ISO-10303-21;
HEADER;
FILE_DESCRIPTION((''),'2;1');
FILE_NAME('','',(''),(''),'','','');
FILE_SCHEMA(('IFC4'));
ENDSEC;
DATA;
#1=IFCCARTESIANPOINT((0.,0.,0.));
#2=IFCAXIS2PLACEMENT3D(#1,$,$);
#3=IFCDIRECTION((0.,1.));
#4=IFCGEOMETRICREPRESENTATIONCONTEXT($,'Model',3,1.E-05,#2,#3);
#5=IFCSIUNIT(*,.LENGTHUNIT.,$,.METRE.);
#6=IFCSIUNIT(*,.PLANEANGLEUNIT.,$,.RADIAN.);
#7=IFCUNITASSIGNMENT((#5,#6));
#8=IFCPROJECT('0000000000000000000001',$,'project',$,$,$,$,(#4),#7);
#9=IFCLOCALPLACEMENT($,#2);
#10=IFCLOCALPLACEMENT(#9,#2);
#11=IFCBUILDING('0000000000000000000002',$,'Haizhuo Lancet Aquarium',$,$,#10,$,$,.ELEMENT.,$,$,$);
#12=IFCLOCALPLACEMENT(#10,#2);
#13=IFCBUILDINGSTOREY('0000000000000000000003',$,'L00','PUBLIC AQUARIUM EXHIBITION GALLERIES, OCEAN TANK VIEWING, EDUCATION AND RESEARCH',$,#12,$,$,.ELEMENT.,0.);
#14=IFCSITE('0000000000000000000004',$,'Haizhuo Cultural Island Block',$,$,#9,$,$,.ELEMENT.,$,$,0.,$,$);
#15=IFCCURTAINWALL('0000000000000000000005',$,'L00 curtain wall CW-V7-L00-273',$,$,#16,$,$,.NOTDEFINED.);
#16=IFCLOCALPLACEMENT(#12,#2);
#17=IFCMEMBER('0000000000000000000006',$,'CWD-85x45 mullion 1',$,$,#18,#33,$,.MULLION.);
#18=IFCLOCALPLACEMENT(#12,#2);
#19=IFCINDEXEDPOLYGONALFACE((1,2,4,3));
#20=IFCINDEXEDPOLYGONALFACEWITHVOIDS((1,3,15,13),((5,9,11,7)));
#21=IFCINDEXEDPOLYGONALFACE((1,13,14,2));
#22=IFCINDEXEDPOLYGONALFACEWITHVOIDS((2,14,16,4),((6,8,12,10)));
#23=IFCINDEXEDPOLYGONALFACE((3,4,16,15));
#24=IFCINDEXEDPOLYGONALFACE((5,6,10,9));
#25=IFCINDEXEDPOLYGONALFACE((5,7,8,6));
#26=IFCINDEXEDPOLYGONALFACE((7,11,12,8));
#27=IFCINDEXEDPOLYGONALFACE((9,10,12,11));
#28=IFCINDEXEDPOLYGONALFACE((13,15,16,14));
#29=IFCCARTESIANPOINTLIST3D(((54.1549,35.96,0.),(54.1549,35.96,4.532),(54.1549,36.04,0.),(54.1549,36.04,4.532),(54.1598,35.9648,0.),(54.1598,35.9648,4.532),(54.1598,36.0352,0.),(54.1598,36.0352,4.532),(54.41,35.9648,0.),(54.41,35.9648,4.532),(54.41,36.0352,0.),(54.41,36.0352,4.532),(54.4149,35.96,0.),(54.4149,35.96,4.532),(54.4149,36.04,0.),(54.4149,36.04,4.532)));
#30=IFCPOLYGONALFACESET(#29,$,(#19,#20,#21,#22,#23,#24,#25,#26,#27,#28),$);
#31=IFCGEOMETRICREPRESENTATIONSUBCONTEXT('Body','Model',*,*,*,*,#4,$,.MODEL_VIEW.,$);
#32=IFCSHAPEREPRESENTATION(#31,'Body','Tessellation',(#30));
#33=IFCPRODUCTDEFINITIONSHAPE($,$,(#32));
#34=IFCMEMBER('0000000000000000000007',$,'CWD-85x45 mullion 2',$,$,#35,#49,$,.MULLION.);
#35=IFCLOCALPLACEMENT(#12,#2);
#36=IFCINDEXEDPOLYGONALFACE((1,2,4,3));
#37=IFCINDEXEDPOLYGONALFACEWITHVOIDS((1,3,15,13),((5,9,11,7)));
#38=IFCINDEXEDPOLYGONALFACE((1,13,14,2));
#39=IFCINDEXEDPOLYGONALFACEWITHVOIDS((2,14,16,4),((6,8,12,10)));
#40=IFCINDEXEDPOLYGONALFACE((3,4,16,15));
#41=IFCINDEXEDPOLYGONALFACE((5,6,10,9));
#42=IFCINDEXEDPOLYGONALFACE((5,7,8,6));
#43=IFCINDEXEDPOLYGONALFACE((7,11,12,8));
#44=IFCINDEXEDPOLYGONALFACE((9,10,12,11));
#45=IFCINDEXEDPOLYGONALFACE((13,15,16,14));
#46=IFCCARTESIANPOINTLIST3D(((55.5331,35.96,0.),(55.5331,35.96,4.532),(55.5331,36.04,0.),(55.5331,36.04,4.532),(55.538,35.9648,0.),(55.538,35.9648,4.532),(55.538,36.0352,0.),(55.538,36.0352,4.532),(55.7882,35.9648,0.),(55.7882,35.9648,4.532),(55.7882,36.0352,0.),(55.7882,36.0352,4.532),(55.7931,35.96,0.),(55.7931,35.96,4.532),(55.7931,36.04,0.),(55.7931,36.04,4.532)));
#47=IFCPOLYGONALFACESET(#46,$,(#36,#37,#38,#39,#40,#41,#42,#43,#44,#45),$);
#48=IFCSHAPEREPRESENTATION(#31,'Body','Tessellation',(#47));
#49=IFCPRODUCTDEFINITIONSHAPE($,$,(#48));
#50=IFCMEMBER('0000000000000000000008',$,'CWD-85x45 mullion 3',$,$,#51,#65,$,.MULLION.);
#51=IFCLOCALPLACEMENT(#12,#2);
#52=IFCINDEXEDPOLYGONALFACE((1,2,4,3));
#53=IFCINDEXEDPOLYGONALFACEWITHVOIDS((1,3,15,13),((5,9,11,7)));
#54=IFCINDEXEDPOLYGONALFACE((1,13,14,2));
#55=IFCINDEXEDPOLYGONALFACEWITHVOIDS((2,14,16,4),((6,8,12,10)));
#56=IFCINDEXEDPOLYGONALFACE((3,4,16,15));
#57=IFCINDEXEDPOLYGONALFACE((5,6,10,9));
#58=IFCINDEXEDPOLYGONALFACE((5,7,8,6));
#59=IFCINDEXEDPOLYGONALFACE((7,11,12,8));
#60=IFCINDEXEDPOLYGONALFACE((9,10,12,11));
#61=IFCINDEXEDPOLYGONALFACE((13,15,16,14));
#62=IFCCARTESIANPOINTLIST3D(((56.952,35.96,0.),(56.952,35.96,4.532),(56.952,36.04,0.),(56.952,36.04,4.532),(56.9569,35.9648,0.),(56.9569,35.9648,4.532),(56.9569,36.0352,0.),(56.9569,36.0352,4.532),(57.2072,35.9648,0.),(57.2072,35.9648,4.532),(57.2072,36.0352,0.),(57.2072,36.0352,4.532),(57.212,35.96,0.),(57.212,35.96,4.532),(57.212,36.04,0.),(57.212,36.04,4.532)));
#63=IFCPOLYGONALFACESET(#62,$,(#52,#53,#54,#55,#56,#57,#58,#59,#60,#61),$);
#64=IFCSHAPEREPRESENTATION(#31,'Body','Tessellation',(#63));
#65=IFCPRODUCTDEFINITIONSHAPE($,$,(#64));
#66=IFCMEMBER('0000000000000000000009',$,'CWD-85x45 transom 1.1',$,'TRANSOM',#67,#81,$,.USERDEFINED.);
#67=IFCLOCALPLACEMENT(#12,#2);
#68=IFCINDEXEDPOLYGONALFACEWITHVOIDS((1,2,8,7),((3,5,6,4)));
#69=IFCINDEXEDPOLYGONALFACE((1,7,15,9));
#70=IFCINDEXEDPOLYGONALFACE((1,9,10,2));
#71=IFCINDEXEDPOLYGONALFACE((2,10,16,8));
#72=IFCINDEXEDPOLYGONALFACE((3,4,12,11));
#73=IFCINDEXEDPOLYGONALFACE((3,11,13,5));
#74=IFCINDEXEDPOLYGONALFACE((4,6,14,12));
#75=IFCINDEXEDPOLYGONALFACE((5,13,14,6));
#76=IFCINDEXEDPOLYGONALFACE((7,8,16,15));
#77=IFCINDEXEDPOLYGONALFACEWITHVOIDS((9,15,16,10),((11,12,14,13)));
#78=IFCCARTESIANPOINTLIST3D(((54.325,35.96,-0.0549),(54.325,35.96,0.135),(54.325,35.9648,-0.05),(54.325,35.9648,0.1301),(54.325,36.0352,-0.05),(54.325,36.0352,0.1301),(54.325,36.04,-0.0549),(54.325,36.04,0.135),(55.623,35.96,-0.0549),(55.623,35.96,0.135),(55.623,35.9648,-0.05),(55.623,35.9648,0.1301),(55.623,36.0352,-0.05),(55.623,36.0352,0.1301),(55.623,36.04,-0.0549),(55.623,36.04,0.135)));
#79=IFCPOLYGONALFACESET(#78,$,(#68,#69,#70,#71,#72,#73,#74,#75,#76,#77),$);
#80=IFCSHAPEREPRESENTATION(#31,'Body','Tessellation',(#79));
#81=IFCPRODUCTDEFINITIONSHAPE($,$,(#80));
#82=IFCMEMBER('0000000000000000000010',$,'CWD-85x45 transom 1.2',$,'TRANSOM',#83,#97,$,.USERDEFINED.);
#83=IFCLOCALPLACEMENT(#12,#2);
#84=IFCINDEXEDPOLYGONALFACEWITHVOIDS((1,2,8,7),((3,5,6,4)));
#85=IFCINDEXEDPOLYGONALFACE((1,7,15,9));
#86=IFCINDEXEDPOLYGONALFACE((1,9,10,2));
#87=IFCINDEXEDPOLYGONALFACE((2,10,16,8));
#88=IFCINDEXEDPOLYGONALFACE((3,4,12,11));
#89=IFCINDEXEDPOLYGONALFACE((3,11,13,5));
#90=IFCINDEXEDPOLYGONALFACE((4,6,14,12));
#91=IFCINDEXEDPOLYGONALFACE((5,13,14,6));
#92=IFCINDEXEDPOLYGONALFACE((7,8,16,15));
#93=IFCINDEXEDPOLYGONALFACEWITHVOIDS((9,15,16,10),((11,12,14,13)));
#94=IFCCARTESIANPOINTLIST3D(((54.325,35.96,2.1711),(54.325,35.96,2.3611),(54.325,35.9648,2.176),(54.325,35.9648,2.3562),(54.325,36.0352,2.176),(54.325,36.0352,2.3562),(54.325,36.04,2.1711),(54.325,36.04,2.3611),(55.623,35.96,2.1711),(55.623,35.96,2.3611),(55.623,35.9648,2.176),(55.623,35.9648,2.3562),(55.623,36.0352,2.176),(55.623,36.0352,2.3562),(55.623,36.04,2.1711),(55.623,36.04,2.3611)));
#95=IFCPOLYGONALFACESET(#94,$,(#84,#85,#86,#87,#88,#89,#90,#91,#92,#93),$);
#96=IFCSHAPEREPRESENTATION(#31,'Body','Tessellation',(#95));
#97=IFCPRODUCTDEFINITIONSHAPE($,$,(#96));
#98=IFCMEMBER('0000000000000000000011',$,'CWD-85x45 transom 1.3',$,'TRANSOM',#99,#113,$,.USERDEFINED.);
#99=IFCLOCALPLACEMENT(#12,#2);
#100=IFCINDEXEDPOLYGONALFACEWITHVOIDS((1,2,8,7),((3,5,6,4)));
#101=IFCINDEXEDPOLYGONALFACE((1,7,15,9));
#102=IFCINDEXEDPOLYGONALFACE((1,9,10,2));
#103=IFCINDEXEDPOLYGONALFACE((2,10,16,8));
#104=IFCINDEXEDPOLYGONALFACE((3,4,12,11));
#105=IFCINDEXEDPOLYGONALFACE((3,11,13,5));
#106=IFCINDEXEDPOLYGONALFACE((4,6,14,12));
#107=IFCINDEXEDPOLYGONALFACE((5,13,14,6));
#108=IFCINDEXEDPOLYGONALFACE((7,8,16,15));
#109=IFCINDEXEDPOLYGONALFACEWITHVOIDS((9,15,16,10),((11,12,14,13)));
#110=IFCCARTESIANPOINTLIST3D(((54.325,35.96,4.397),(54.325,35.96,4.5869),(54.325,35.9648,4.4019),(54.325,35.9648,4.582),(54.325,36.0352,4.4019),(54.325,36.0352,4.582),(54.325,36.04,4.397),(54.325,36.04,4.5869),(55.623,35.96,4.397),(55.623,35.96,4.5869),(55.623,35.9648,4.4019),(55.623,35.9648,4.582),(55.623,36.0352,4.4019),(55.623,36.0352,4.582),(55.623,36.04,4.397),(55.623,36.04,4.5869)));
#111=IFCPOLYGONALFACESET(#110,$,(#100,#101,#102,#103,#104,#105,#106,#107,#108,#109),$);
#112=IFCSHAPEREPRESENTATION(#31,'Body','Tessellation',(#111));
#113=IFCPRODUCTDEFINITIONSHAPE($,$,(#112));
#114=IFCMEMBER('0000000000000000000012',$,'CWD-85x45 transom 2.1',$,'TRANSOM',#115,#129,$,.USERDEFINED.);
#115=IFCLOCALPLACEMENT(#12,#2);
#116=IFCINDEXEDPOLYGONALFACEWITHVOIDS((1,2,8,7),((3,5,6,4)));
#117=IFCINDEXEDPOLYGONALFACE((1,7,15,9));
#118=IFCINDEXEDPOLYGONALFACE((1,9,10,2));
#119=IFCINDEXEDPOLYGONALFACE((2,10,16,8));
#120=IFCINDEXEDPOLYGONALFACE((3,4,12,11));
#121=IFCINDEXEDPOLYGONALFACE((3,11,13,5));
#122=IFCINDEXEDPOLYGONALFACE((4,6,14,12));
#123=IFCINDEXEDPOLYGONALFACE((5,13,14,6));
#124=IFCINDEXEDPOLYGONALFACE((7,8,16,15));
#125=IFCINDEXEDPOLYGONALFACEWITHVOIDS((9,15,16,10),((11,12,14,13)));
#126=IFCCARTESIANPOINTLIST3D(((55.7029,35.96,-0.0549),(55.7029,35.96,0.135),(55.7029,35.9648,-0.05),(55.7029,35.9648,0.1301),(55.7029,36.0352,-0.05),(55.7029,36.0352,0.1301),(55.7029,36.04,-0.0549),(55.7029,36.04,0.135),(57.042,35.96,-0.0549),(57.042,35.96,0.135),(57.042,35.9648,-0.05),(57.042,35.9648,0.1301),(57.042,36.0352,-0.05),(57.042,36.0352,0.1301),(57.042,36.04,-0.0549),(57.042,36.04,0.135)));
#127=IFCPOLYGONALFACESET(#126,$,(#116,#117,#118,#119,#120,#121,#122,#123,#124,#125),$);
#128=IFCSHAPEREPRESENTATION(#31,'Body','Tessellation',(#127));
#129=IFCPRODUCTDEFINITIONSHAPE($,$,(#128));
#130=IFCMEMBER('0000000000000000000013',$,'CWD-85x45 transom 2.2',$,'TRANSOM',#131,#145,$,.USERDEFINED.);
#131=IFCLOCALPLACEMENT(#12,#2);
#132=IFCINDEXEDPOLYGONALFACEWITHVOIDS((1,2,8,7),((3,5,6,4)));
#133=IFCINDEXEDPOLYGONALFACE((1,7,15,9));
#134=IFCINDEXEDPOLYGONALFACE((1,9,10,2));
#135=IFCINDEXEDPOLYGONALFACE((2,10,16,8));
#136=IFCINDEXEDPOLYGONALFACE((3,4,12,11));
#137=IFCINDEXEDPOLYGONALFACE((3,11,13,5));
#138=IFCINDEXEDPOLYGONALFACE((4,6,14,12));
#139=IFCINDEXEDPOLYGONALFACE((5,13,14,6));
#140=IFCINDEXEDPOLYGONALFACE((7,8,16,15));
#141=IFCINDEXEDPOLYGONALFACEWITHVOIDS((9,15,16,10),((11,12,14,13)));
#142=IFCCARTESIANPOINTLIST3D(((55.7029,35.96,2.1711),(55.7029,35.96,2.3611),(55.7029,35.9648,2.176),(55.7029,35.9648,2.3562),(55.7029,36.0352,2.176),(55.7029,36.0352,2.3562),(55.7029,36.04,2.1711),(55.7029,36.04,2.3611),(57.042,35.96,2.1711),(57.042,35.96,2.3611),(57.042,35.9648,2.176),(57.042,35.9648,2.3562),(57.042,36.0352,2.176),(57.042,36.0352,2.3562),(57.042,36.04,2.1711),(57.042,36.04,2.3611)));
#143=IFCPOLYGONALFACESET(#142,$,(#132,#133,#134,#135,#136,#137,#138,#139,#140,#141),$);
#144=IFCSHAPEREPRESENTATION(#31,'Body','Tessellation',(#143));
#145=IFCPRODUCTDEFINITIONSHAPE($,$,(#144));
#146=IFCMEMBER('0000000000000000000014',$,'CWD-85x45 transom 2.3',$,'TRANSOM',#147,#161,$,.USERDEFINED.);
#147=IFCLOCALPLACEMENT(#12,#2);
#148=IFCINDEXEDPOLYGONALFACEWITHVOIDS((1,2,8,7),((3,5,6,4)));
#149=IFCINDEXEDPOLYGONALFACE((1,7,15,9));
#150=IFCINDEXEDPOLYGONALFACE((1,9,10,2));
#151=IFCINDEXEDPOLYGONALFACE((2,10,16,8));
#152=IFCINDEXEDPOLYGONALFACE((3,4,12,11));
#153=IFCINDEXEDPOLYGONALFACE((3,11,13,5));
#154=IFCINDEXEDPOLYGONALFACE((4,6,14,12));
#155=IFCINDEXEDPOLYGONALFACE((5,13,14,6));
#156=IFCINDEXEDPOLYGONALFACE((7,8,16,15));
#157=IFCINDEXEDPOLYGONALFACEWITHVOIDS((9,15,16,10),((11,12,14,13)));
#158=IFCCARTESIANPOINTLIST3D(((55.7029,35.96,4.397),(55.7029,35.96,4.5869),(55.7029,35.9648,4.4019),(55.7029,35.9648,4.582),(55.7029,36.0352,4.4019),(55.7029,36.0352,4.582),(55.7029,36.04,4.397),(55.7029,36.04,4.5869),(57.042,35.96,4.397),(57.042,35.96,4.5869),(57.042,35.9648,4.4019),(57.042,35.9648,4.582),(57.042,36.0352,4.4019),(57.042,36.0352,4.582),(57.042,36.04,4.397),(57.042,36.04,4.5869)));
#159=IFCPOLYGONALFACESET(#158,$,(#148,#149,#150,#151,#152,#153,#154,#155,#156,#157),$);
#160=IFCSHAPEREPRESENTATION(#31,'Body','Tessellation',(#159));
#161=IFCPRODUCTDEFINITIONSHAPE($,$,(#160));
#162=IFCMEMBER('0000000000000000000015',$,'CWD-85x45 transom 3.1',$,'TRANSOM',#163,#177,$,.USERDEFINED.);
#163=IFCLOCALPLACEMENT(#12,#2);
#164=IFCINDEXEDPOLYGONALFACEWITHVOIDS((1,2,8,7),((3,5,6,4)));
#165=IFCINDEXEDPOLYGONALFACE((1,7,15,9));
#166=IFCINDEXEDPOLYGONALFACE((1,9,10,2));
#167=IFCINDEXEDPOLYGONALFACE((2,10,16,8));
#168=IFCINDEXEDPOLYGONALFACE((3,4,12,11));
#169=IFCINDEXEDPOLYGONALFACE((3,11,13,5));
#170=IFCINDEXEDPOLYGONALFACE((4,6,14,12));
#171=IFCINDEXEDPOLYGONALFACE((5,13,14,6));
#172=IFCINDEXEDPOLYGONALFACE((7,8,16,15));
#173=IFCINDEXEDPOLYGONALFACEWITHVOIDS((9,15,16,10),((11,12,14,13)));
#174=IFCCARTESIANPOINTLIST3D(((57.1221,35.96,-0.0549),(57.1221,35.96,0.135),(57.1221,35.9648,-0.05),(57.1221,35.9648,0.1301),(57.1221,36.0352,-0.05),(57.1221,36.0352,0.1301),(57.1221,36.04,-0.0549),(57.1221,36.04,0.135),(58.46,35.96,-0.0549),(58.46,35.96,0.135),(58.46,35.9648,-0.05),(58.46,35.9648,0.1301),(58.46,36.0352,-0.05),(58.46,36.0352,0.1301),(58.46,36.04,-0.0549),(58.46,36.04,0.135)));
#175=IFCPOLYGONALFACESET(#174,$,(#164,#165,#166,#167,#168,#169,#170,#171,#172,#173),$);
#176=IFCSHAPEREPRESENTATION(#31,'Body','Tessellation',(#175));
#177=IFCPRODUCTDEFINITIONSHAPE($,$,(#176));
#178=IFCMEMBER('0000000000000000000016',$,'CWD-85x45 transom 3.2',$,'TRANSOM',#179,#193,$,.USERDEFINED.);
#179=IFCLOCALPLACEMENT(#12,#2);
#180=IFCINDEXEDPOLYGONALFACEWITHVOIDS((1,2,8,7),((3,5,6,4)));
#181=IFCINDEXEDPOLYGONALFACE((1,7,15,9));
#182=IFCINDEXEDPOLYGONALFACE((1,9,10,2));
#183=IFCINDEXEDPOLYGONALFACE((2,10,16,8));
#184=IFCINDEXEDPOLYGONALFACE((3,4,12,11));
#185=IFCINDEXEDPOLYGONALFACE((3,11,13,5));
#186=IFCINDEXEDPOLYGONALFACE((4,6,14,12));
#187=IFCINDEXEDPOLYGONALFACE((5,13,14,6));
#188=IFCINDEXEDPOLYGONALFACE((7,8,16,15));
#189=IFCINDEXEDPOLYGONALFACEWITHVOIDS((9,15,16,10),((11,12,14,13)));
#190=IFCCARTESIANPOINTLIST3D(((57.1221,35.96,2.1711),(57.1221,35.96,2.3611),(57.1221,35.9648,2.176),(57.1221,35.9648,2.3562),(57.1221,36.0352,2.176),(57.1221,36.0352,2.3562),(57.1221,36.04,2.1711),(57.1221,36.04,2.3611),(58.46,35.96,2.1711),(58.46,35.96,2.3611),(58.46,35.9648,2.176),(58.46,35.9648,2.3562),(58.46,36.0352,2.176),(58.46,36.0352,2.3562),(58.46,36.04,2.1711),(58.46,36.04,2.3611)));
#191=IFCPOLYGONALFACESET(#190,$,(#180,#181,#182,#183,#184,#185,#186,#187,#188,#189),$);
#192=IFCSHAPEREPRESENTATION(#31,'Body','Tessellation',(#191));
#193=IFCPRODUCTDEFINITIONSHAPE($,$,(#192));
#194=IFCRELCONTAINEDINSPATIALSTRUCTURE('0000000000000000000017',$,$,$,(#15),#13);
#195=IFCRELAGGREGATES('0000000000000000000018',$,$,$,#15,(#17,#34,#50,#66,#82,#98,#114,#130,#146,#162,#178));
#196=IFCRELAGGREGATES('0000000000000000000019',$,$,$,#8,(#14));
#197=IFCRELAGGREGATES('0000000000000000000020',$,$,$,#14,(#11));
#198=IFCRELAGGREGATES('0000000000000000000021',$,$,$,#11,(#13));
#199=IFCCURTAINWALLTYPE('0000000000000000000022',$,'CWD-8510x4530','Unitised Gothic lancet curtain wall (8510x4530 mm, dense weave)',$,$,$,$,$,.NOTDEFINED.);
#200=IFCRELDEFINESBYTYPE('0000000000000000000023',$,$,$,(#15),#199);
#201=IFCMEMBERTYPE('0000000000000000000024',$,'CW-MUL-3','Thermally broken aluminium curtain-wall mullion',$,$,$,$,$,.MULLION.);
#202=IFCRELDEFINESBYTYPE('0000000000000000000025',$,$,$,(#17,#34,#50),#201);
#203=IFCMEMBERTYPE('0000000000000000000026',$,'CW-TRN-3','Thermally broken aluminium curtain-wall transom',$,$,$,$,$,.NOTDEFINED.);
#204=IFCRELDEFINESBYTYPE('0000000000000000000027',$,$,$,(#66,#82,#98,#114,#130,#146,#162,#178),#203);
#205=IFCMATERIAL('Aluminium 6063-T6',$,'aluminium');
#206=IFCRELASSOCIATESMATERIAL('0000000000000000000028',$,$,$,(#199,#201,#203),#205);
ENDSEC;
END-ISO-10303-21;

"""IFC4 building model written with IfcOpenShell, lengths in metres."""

from ifc_helpers import new_model, si_unit, direction, frame, origin, origin_2d, place, context, subcontext, project, spatial, hollow_rectangle, extrude, material, material_profile, profile_set, type_object, element, aggregate, save


model = new_model("IFC4")

# Units and contexts
model_context = context("Model", 3, precision=1e-05, world=origin(), true_north=direction((0.0, 1.0)))
body_context = subcontext(model_context, "Body", "Model", "MODEL_VIEW")
ifc_project = project(units=[si_unit("LENGTHUNIT", "METRE"), si_unit("PLANEANGLEUNIT", "RADIAN")], contexts=[model_context])

# Site, building, storey
site_placement = place(None, origin())
site = spatial("IfcSite", under=ifc_project, at=site_placement, Name="Haizhuo Cultural Island Block", CompositionType="ELEMENT", RefElevation=0.0)
building_placement = place(site_placement, origin())
building = spatial("IfcBuilding", under=site, at=building_placement, Name="Haizhuo Lancet Aquarium", CompositionType="ELEMENT")
storey_placement = place(building_placement, origin())
storey = spatial("IfcBuildingStorey", under=building, at=storey_placement, Name="L00", Description="PUBLIC AQUARIUM EXHIBITION GALLERIES, OCEAN TANK VIEWING, EDUCATION AND RESEARCH", CompositionType="ELEMENT", Elevation=0.0)

# Curtain wall, members
ifc_material_1 = material(Name="Aluminium 6063-T6", Category="aluminium")
curtain_wall_type = type_object("IfcCurtainWallType", Name="CWD-8510x4530", Description="Unitised Gothic lancet curtain wall (8510x4530 mm, dense weave)", PredefinedType="NOTDEFINED", material=ifc_material_1)
curtain_wall_placement = place(storey_placement, origin())
curtain_wall = element("IfcCurtainWall", 1, at=curtain_wall_placement, inside=storey, type_object=curtain_wall_type, Name="L00 curtain wall CW-V7-L00-273", PredefinedType="NOTDEFINED")
ifc_material_profile_1 = material_profile(ifc_material_1, hollow_rectangle(XDim=0.0801, YDim=0.26, WallThickness=0.0049, at=origin_2d()), Name="ALU-M 80x260x5")
ifc_profile_set_1 = profile_set([ifc_material_profile_1], Name="Aluminium 6063-T6")
member_type_1 = type_object("IfcMemberType", Name="CW-MUL-3", Description="Thermally broken aluminium curtain-wall mullion", PredefinedType="MULLION", material=ifc_profile_set_1)
member_1_placement = place(storey_placement, frame((54.2849, 36.0, 0.0), z_axis=(0.0, 0.0, 1.0), x_axis=(0.0, 1.0, 0.0)))
member_1 = element("IfcMember", 2, at=member_1_placement, type_object=member_type_1, Name="CWD-85x45 mullion 1", PredefinedType="MULLION", context=body_context, shape_type="SweptSolid", body=[
    extrude(hollow_rectangle(XDim=0.0801, YDim=0.26, WallThickness=0.0049, at=origin_2d()), origin(), (0.0, 0.0, 1.0), 4.532),
])
member_2_placement = place(storey_placement, frame((55.6631, 36.0, 0.0), z_axis=(0.0, 0.0, 1.0), x_axis=(0.0, 1.0, 0.0)))
member_2 = element("IfcMember", 3, at=member_2_placement, type_object=member_type_1, Name="CWD-85x45 mullion 2", PredefinedType="MULLION", context=body_context, shape_type="SweptSolid", body=[
    extrude(hollow_rectangle(XDim=0.0801, YDim=0.26, WallThickness=0.0049, at=origin_2d()), origin(), (0.0, 0.0, 1.0), 4.532),
])
member_3_placement = place(storey_placement, frame((57.082, 36.0, 0.0), z_axis=(0.0, 0.0, 1.0), x_axis=(0.0, 1.0, 0.0)))
member_3 = element("IfcMember", 4, at=member_3_placement, type_object=member_type_1, Name="CWD-85x45 mullion 3", PredefinedType="MULLION", context=body_context, shape_type="SweptSolid", body=[
    extrude(hollow_rectangle(XDim=0.0801, YDim=0.26, WallThickness=0.0049, at=origin_2d()), origin(), (0.0, 0.0, 1.0), 4.532),
])
ifc_material_profile_2 = material_profile(ifc_material_1, hollow_rectangle(XDim=0.0801, YDim=0.1899, WallThickness=0.0049, at=origin_2d()), Name="ALU-T 80x190x5")
ifc_profile_set_2 = profile_set([ifc_material_profile_2], Name="Aluminium 6063-T6")
member_type_2 = type_object("IfcMemberType", Name="CW-TRN-3", Description="Thermally broken aluminium curtain-wall transom", PredefinedType="NOTDEFINED", material=ifc_profile_set_2)
member_4_placement = place(storey_placement, frame((54.325, 36.0, 0.04), z_axis=(1.0, 0.0, 0.0), x_axis=(0.0, 1.0, 0.0)))
member_4 = element("IfcMember", 5, at=member_4_placement, type_object=member_type_2, Name="CWD-85x45 transom 1.1", ObjectType="TRANSOM", PredefinedType="USERDEFINED", context=body_context, shape_type="SweptSolid", body=[
    extrude(hollow_rectangle(XDim=0.0801, YDim=0.1899, WallThickness=0.0049, at=origin_2d()), origin(), (0.0, 0.0, 1.0), 1.2981),
])
member_5_placement = place(storey_placement, frame((54.325, 36.0, 2.2661), z_axis=(1.0, 0.0, 0.0), x_axis=(0.0, 1.0, 0.0)))
member_5 = element("IfcMember", 6, at=member_5_placement, type_object=member_type_2, Name="CWD-85x45 transom 1.2", ObjectType="TRANSOM", PredefinedType="USERDEFINED", context=body_context, shape_type="SweptSolid", body=[
    extrude(hollow_rectangle(XDim=0.0801, YDim=0.1899, WallThickness=0.0049, at=origin_2d()), origin(), (0.0, 0.0, 1.0), 1.2981),
])
member_6_placement = place(storey_placement, frame((54.325, 36.0, 4.4919), z_axis=(1.0, 0.0, 0.0), x_axis=(0.0, 1.0, 0.0)))
member_6 = element("IfcMember", 7, at=member_6_placement, type_object=member_type_2, Name="CWD-85x45 transom 1.3", ObjectType="TRANSOM", PredefinedType="USERDEFINED", context=body_context, shape_type="SweptSolid", body=[
    extrude(hollow_rectangle(XDim=0.0801, YDim=0.1899, WallThickness=0.0049, at=origin_2d()), origin(), (0.0, 0.0, 1.0), 1.2981),
])
member_7_placement = place(storey_placement, frame((55.7029, 36.0, 0.04), z_axis=(1.0, 0.0, 0.0), x_axis=(0.0, 1.0, 0.0)))
member_7 = element("IfcMember", 8, at=member_7_placement, type_object=member_type_2, Name="CWD-85x45 transom 2.1", ObjectType="TRANSOM", PredefinedType="USERDEFINED", context=body_context, shape_type="SweptSolid", body=[
    extrude(hollow_rectangle(XDim=0.0801, YDim=0.1899, WallThickness=0.0049, at=origin_2d()), origin(), (0.0, 0.0, 1.0), 1.3391),
])
member_8_placement = place(storey_placement, frame((55.7029, 36.0, 2.2661), z_axis=(1.0, 0.0, 0.0), x_axis=(0.0, 1.0, 0.0)))
member_8 = element("IfcMember", 9, at=member_8_placement, type_object=member_type_2, Name="CWD-85x45 transom 2.2", ObjectType="TRANSOM", PredefinedType="USERDEFINED", context=body_context, shape_type="SweptSolid", body=[
    extrude(hollow_rectangle(XDim=0.0801, YDim=0.1899, WallThickness=0.0049, at=origin_2d()), origin(), (0.0, 0.0, 1.0), 1.3391),
])
member_9_placement = place(storey_placement, frame((55.7029, 36.0, 4.4919), z_axis=(1.0, 0.0, 0.0), x_axis=(0.0, 1.0, 0.0)))
member_9 = element("IfcMember", 10, at=member_9_placement, type_object=member_type_2, Name="CWD-85x45 transom 2.3", ObjectType="TRANSOM", PredefinedType="USERDEFINED", context=body_context, shape_type="SweptSolid", body=[
    extrude(hollow_rectangle(XDim=0.0801, YDim=0.1899, WallThickness=0.0049, at=origin_2d()), origin(), (0.0, 0.0, 1.0), 1.3391),
])
member_10_placement = place(storey_placement, frame((57.1221, 36.0, 0.04), z_axis=(1.0, 0.0, 0.0), x_axis=(0.0, 1.0, 0.0)))
member_10 = element("IfcMember", 11, at=member_10_placement, type_object=member_type_2, Name="CWD-85x45 transom 3.1", ObjectType="TRANSOM", PredefinedType="USERDEFINED", context=body_context, shape_type="SweptSolid", body=[
    extrude(hollow_rectangle(XDim=0.0801, YDim=0.1899, WallThickness=0.0049, at=origin_2d()), origin(), (0.0, 0.0, 1.0), 1.3379),
])
member_11_placement = place(storey_placement, frame((57.1221, 36.0, 2.2661), z_axis=(1.0, 0.0, 0.0), x_axis=(0.0, 1.0, 0.0)))
member_11 = element("IfcMember", 12, at=member_11_placement, type_object=member_type_2, Name="CWD-85x45 transom 3.2", ObjectType="TRANSOM", PredefinedType="USERDEFINED", context=body_context, shape_type="SweptSolid", body=[
    extrude(hollow_rectangle(XDim=0.0801, YDim=0.1899, WallThickness=0.0049, at=origin_2d()), origin(), (0.0, 0.0, 1.0), 1.3379),
])

aggregate(curtain_wall, [member_1, member_2, member_3, member_4, member_5, member_6, member_7, member_8, member_9, member_10, member_11])

save(model, "model.ifc")
